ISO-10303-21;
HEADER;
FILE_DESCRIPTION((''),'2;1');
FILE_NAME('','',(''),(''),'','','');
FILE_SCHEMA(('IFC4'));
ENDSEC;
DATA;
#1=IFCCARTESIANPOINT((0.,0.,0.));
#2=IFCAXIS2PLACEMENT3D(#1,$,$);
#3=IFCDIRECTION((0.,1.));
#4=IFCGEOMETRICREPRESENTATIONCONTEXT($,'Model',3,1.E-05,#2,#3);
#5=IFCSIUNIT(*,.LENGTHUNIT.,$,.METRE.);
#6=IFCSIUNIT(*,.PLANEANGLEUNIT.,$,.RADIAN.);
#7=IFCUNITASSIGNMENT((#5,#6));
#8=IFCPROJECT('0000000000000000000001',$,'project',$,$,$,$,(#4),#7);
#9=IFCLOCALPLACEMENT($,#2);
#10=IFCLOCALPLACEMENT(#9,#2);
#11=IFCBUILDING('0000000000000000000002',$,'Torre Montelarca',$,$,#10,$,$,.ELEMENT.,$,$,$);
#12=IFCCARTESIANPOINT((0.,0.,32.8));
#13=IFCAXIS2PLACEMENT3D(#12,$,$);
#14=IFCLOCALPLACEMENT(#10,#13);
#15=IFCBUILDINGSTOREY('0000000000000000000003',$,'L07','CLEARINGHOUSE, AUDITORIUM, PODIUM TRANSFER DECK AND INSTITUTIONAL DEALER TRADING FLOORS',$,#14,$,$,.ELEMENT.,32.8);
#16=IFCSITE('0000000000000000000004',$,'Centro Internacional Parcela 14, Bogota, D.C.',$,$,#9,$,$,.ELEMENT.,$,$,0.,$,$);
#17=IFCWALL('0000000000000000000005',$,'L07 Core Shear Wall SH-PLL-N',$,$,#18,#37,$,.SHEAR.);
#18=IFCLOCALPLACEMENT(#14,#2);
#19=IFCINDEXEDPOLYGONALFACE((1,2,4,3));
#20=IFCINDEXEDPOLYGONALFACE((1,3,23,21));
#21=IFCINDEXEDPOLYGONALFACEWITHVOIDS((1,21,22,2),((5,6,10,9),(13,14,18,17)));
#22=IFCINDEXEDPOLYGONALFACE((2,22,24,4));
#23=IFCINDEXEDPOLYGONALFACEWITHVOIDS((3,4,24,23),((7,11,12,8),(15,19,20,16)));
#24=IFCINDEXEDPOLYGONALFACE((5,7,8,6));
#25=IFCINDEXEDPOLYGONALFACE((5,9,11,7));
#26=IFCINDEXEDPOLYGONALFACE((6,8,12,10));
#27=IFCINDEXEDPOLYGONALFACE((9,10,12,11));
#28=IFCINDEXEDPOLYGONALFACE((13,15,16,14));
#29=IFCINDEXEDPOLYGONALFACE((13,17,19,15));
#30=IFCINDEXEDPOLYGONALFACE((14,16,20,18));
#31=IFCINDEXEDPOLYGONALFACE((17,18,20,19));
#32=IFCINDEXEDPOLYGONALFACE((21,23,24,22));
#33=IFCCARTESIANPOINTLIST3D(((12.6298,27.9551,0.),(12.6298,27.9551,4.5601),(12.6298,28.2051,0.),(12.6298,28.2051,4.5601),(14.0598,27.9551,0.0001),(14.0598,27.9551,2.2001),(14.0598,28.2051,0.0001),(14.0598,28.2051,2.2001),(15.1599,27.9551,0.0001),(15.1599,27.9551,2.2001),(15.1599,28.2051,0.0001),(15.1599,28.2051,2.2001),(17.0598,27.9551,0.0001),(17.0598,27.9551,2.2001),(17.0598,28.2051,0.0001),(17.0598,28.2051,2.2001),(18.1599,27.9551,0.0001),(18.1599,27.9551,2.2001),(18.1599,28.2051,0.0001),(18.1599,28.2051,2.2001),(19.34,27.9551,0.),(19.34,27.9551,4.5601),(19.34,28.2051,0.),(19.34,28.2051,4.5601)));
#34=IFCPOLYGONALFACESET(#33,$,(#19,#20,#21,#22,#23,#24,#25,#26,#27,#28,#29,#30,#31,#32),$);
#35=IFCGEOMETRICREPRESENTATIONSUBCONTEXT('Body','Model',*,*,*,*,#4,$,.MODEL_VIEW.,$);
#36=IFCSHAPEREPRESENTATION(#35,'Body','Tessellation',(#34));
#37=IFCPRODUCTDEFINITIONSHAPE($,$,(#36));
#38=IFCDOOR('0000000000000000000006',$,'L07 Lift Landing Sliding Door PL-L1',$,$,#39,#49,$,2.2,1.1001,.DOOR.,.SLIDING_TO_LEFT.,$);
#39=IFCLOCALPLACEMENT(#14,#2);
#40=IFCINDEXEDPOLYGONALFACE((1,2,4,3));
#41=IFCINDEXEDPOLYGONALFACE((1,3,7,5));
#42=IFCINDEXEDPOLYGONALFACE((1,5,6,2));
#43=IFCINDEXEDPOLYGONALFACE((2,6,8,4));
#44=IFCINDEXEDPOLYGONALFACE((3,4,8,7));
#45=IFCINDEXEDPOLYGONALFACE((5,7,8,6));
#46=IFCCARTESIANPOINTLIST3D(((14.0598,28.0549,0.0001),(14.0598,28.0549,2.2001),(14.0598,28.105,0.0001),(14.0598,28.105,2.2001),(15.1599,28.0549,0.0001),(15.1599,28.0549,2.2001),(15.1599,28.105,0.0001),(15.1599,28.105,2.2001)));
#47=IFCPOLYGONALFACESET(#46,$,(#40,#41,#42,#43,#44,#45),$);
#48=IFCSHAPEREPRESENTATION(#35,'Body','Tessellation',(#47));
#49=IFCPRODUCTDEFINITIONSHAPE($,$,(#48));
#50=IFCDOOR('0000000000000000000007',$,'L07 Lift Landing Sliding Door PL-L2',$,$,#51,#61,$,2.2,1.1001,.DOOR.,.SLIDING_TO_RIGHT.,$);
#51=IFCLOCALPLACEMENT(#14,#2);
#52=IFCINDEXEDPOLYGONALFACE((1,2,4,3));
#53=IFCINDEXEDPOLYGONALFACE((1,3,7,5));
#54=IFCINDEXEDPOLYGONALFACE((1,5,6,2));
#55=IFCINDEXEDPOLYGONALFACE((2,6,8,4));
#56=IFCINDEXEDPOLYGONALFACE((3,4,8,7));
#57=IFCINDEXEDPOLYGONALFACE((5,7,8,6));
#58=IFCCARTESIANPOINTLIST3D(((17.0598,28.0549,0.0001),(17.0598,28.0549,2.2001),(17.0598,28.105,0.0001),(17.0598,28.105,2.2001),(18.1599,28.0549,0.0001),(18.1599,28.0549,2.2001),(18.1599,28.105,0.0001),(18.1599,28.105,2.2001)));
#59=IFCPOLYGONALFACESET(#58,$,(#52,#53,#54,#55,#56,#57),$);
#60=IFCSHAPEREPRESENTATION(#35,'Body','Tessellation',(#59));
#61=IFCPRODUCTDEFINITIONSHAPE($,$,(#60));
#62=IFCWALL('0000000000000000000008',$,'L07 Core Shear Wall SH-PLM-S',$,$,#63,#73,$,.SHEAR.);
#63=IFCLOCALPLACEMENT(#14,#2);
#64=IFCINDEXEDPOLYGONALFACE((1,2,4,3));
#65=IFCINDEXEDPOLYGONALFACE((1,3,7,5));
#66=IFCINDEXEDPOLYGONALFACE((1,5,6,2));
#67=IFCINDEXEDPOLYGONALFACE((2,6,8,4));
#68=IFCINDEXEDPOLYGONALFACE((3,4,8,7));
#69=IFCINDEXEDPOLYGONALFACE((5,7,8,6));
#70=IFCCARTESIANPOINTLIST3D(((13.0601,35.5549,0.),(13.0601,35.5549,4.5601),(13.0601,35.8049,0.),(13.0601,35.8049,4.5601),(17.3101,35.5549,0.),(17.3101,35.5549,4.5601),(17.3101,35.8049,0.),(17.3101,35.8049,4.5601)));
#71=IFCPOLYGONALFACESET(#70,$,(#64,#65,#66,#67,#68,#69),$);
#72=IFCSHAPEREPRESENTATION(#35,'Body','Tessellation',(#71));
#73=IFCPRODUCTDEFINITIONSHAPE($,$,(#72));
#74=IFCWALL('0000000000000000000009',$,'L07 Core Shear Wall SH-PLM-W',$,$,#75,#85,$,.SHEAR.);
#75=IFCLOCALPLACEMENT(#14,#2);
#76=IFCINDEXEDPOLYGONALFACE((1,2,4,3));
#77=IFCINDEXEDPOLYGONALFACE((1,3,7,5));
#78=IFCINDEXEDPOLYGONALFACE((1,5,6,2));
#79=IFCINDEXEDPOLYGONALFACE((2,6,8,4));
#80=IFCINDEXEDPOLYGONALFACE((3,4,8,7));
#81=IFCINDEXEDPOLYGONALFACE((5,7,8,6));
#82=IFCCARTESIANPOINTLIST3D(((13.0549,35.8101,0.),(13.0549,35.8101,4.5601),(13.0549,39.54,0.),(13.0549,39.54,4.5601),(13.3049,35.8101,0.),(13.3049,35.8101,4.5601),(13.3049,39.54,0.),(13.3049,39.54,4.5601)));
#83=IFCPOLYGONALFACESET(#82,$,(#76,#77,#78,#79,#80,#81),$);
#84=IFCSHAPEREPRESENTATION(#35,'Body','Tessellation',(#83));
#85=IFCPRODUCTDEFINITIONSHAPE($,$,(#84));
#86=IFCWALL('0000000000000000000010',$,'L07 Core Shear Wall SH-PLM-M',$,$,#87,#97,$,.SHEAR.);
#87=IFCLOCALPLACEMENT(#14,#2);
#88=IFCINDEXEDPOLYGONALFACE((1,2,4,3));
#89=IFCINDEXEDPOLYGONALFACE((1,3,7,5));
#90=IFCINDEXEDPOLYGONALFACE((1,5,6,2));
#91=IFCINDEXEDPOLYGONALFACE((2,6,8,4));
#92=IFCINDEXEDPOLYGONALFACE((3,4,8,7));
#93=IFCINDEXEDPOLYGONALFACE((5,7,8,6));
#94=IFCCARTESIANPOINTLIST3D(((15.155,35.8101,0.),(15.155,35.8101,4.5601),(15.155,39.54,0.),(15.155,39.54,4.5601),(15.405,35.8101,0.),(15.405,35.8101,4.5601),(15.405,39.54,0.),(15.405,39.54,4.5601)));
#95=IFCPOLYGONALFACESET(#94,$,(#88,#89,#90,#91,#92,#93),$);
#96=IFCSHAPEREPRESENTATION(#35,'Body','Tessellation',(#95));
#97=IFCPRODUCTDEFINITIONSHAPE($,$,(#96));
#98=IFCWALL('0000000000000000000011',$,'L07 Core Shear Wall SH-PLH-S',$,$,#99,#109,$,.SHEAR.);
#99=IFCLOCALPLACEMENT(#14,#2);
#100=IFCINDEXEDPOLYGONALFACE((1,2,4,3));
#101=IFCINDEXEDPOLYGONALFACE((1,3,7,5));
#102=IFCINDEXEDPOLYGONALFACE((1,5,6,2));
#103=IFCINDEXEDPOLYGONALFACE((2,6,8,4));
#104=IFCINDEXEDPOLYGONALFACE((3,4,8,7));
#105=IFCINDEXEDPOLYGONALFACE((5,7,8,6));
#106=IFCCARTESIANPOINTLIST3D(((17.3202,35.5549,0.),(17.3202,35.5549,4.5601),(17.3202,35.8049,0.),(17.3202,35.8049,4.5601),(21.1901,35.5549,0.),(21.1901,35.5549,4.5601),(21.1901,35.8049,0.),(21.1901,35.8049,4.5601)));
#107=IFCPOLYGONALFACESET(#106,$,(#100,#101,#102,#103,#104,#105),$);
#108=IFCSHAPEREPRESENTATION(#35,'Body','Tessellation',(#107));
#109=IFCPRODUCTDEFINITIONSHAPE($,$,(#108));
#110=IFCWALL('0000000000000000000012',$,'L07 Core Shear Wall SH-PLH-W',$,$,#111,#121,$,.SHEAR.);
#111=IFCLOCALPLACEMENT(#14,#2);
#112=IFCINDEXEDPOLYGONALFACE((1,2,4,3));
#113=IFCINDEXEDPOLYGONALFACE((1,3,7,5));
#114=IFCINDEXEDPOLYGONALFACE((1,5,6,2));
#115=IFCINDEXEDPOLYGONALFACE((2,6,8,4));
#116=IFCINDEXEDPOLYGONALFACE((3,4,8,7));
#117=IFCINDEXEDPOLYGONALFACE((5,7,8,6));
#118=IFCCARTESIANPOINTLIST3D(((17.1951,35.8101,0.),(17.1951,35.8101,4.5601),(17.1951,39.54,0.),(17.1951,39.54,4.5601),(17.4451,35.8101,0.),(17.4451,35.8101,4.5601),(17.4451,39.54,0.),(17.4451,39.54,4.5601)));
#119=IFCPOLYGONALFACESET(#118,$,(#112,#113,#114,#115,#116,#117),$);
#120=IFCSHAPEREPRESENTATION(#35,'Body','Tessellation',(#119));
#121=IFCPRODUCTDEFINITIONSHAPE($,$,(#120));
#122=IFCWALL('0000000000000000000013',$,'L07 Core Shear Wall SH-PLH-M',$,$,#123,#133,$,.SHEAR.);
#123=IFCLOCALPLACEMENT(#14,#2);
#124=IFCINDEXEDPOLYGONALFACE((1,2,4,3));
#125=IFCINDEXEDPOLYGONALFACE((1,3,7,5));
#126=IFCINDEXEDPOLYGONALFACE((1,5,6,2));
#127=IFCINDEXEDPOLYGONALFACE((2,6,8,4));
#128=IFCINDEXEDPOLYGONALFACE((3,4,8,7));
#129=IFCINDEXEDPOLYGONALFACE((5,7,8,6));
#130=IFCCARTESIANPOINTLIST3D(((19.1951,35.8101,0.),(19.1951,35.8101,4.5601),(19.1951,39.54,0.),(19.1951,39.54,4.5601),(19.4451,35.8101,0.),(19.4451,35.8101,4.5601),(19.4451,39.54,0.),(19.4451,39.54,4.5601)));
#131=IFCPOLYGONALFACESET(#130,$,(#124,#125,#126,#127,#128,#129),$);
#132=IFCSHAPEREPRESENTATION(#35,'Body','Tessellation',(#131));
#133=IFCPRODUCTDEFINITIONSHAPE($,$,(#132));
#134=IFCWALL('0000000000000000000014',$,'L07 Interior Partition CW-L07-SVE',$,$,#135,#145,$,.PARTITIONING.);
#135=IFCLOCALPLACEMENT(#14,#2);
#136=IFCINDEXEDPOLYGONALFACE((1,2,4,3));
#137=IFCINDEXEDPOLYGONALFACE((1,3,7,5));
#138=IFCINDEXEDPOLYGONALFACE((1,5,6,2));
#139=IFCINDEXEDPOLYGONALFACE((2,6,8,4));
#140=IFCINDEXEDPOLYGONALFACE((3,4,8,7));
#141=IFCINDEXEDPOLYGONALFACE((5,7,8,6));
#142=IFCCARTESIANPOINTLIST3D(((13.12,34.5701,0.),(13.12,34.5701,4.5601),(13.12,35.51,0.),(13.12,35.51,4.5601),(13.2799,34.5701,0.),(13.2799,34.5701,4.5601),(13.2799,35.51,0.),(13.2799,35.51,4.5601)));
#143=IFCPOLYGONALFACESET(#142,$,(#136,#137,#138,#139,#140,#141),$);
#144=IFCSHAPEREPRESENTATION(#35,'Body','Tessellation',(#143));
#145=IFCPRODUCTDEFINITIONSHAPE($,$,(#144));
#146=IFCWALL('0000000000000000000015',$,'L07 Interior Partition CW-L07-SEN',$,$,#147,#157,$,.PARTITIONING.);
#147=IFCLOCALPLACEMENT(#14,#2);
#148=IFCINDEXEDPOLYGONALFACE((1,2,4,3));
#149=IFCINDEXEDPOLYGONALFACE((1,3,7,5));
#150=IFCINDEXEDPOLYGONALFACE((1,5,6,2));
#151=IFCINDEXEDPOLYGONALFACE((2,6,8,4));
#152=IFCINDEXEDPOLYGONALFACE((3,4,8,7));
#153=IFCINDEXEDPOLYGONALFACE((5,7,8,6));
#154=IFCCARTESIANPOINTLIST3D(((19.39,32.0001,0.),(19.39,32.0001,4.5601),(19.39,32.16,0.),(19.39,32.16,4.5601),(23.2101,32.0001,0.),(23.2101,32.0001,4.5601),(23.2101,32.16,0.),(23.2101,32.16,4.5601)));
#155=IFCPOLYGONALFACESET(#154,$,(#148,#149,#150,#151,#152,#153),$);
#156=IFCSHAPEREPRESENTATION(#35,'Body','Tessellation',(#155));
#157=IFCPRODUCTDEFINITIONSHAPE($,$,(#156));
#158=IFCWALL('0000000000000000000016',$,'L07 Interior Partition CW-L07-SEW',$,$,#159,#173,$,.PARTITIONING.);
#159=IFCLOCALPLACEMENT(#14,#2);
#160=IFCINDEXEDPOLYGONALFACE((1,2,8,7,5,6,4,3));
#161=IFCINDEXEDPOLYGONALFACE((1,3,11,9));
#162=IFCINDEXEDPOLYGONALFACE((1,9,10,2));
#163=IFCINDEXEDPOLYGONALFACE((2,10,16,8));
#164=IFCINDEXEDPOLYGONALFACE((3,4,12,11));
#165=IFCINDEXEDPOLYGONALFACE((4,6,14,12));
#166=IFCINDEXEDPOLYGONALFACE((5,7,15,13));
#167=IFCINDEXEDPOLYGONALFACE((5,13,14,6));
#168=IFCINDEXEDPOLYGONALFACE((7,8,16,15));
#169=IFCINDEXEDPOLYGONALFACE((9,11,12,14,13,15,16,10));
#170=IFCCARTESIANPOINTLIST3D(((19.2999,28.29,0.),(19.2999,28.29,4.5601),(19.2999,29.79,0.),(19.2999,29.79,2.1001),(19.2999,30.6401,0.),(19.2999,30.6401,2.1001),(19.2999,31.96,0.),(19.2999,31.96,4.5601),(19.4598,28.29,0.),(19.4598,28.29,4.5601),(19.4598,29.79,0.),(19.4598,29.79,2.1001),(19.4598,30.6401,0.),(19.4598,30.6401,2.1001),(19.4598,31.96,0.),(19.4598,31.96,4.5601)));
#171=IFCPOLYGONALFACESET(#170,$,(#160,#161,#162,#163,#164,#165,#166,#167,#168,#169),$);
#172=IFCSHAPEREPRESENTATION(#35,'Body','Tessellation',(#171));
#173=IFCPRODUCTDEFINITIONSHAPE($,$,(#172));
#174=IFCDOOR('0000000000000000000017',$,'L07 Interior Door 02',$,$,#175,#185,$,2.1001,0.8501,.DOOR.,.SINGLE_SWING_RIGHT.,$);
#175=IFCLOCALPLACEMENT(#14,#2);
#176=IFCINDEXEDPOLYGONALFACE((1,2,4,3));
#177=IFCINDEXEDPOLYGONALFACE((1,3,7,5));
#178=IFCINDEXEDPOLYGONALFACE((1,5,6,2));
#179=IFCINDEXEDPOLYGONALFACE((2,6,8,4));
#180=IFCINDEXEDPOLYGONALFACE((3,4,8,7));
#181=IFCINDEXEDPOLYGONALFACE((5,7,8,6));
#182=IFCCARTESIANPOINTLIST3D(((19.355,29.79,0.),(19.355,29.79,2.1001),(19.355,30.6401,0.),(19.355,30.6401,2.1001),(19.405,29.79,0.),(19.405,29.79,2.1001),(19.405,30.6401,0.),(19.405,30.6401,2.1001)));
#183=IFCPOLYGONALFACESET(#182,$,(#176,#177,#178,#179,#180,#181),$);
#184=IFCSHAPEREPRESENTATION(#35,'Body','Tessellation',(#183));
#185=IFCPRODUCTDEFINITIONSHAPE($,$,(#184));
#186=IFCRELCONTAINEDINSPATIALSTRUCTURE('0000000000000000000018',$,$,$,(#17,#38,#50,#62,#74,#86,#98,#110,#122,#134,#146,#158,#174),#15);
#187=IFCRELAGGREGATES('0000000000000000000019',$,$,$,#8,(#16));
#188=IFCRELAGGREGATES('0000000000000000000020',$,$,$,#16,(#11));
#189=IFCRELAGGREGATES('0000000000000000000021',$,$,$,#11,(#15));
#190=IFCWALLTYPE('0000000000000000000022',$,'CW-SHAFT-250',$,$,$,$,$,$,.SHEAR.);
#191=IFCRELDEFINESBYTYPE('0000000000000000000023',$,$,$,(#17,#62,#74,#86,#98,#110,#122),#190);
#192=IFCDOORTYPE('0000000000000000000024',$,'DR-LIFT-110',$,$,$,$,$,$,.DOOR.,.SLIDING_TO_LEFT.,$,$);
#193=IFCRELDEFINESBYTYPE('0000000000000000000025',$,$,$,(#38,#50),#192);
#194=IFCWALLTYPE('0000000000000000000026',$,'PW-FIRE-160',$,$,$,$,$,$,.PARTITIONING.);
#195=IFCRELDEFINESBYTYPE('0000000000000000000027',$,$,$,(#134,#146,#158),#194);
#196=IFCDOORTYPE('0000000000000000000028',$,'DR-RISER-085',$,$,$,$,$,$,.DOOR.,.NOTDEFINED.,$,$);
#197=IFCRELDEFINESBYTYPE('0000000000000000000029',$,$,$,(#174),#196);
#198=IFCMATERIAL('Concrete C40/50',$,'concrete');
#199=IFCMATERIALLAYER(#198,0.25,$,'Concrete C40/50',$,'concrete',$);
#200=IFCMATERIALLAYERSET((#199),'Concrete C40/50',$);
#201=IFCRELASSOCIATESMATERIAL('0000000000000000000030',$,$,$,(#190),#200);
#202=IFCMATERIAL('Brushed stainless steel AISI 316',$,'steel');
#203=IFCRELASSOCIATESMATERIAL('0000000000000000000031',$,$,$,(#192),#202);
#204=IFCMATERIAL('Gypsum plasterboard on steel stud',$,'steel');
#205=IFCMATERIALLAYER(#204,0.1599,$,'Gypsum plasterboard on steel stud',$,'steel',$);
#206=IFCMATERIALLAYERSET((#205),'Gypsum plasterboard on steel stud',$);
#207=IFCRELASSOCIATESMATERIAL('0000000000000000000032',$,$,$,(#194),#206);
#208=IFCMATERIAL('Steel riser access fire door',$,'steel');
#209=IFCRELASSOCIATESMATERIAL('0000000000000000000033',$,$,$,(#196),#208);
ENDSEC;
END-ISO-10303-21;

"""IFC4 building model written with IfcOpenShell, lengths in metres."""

from ifc_helpers import new_model, si_unit, direction, frame, frame_2d, origin, place, context, subcontext, project, spatial, rectangle, extrude, source, transform, mapped, material, layer, layer_set, type_object, element, fill, save


model = new_model("IFC4")

# Units and contexts
model_context = context("Model", 3, precision=1e-05, world=origin(), true_north=direction((0.0, 1.0)))
body_context = subcontext(model_context, "Body", "Model", "MODEL_VIEW")
ifc_project = project(units=[si_unit("LENGTHUNIT", "METRE"), si_unit("PLANEANGLEUNIT", "RADIAN")], contexts=[model_context])

# Site, building, storey
site_placement = place(None, origin())
site = spatial("IfcSite", under=ifc_project, at=site_placement, Name="Centro Internacional Parcela 14, Bogota, D.C.", CompositionType="ELEMENT", RefElevation=0.0)
building_placement = place(site_placement, origin())
building = spatial("IfcBuilding", under=site, at=building_placement, Name="Torre Montelarca", CompositionType="ELEMENT")
storey_placement = place(building_placement, frame((0.0, 0.0, 32.8)))
storey = spatial("IfcBuildingStorey", under=building, at=storey_placement, Name="L07", Description="CLEARINGHOUSE, AUDITORIUM, PODIUM TRANSFER DECK AND INSTITUTIONAL DEALER TRADING FLOORS", CompositionType="ELEMENT", Elevation=32.8)

# Shared definitions
ifc_material_1 = material(Name="Concrete C40/50", Category="concrete")
ifc_layer_1 = layer(ifc_material_1, 0.25, Name="Concrete C40/50", Category="concrete")
ifc_layer_set_1 = layer_set([ifc_layer_1], Name="Concrete C40/50")
wall_type_1 = type_object("IfcWallType", Name="CW-SHAFT-250", PredefinedType="SHEAR", material=ifc_layer_set_1)

# Shared definitions
ifc_material_2 = material(Name="Brushed stainless steel AISI 316", Category="steel")

# Wall, openings, doors
wall_1_placement = place(storey_placement, frame((12.6299, 28.0801, 0.0), z_axis=(0.0, 0.0, 1.0), x_axis=(1.0, 0.0, 0.0)))
wall_1 = element("IfcWall", 1, at=wall_1_placement, inside=storey, type_object=wall_type_1, Name="L07 Core Shear Wall SH-PLL-N", PredefinedType="SHEAR", context=body_context, shape_type="SweptSolid", body=[
    extrude(rectangle(XDim=6.7102, YDim=0.25, at=frame_2d((3.355, 0.0))), origin(), (0.0, 0.0, 1.0), 4.5601),
])
opening_1_placement = place(wall_1_placement, frame((1.4299, 0.0, 0.0)))
opening_1 = element("IfcOpeningElement", 2, at=opening_1_placement, cuts=wall_1, PredefinedType="OPENING", context=body_context, shape_type="SweptSolid", body=[
    extrude(rectangle(XDim=1.1001, YDim=2.2, at=frame_2d((0.55, 1.1001))), frame((0.0, 0.135, 0.0), z_axis=(0.0, -1.0, 0.0), x_axis=(1.0, 0.0, 0.0)), (0.0, 0.0, 1.0), 0.27),
])
opening_2_placement = place(wall_1_placement, frame((4.4299, 0.0, 0.0)))
opening_2 = element("IfcOpeningElement", 3, at=opening_2_placement, cuts=wall_1, PredefinedType="OPENING", context=body_context, shape_type="SweptSolid", body=[
    extrude(rectangle(XDim=1.1001, YDim=2.2, at=frame_2d((0.55, 1.1001))), frame((0.0, 0.135, 0.0), z_axis=(0.0, -1.0, 0.0), x_axis=(1.0, 0.0, 0.0)), (0.0, 0.0, 1.0), 0.27),
])
door_type_1 = type_object("IfcDoorType", Name="DR-LIFT-110", OperationType="SLIDING_TO_LEFT", PredefinedType="DOOR", material=ifc_material_2)
shared_shape_1 = source(origin(), body_context, "Body", "SweptSolid", [
    extrude(rectangle(XDim=1.1001, YDim=2.2, at=frame_2d((0.55, 1.1001))), frame((0.0, 0.0249, 0.0), z_axis=(0.0, -1.0, 0.0), x_axis=(1.0, 0.0, 0.0)), (0.0, 0.0, 1.0), 0.05),
])
door_1_placement = place(opening_1_placement, origin())
door_1 = element("IfcDoor", 4, at=door_1_placement, inside=storey, type_object=door_type_1, Name="L07 Lift Landing Sliding Door PL-L1", OperationType="SLIDING_TO_LEFT", OverallHeight=2.2, OverallWidth=1.1001, PredefinedType="DOOR", context=body_context, shape_type="MappedRepresentation", body=[
    mapped(shared_shape_1, transform((0.0, 0.0, 0.0), scale=1.0)),
])
fill(opening_1, door_1)
door_2_placement = place(opening_2_placement, origin())
door_2 = element("IfcDoor", 5, at=door_2_placement, inside=storey, type_object=door_type_1, Name="L07 Lift Landing Sliding Door PL-L2", OperationType="SLIDING_TO_RIGHT", OverallHeight=2.2, OverallWidth=1.1001, PredefinedType="DOOR", context=body_context, shape_type="MappedRepresentation", body=[
    mapped(shared_shape_1, transform((0.0, 0.0, 0.0), scale=1.0)),
])
fill(opening_2, door_2)

# Walls
wall_2_placement = place(storey_placement, frame((13.0601, 35.6799, 0.0), z_axis=(0.0, 0.0, 1.0), x_axis=(1.0, 0.0, 0.0)))
element("IfcWall", 6, at=wall_2_placement, inside=storey, type_object=wall_type_1, Name="L07 Core Shear Wall SH-PLM-S", PredefinedType="SHEAR", context=body_context, shape_type="SweptSolid", body=[
    extrude(rectangle(XDim=4.25, YDim=0.25, at=frame_2d((2.125, 0.0))), origin(), (0.0, 0.0, 1.0), 4.5601),
])
for number, where, z_axis, x_axis, name in (
    (7, (13.1799, 35.8101, 0.0), (0.0, 0.0, 1.0), (0.0, 1.0, 0.0), "L07 Core Shear Wall SH-PLM-W"),
    (8, (15.28, 35.8101, 0.0), (0.0, 0.0, 1.0), (0.0, 1.0, 0.0), "L07 Core Shear Wall SH-PLM-M"),
):
    element("IfcWall", number, at=place(storey_placement, frame(where, z_axis=z_axis, x_axis=x_axis)), inside=storey, type_object=wall_type_1, Name=name, PredefinedType="SHEAR", context=body_context, shape_type="SweptSolid", body=[
        extrude(rectangle(XDim=3.73, YDim=0.25, at=frame_2d((1.865, 0.0))), origin(), (0.0, 0.0, 1.0), 4.5601),
    ])
wall_3_placement = place(storey_placement, frame((17.3201, 35.6799, 0.0), z_axis=(0.0, 0.0, 1.0), x_axis=(1.0, 0.0, 0.0)))
element("IfcWall", 9, at=wall_3_placement, inside=storey, type_object=wall_type_1, Name="L07 Core Shear Wall SH-PLH-S", PredefinedType="SHEAR", context=body_context, shape_type="SweptSolid", body=[
    extrude(rectangle(XDim=3.8699, YDim=0.25, at=frame_2d((1.9351, 0.0))), origin(), (0.0, 0.0, 1.0), 4.5601),
])
for number, where, z_axis, x_axis, name in (
    (10, (17.3201, 35.8101, 0.0), (0.0, 0.0, 1.0), (0.0, 1.0, 0.0), "L07 Core Shear Wall SH-PLH-W"),
    (11, (19.3201, 35.8101, 0.0), (0.0, 0.0, 1.0), (0.0, 1.0, 0.0), "L07 Core Shear Wall SH-PLH-M"),
):
    element("IfcWall", number, at=place(storey_placement, frame(where, z_axis=z_axis, x_axis=x_axis)), inside=storey, type_object=wall_type_1, Name=name, PredefinedType="SHEAR", context=body_context, shape_type="SweptSolid", body=[
        extrude(rectangle(XDim=3.73, YDim=0.25, at=frame_2d((1.865, 0.0))), origin(), (0.0, 0.0, 1.0), 4.5601),
    ])
ifc_material_3 = material(Name="Gypsum plasterboard on steel stud", Category="steel")
ifc_layer_2 = layer(ifc_material_3, 0.1599, Name="Gypsum plasterboard on steel stud", Category="steel")
ifc_layer_set_2 = layer_set([ifc_layer_2], Name="Gypsum plasterboard on steel stud")
wall_type_2 = type_object("IfcWallType", Name="PW-FIRE-160", PredefinedType="PARTITIONING", material=ifc_layer_set_2)
wall_4_placement = place(storey_placement, frame((13.2, 34.5701, 0.0), z_axis=(0.0, 0.0, 1.0), x_axis=(0.0, 1.0, 0.0)))
element("IfcWall", 12, at=wall_4_placement, inside=storey, type_object=wall_type_2, Name="L07 Interior Partition CW-L07-SVE", PredefinedType="PARTITIONING", context=body_context, shape_type="SweptSolid", body=[
    extrude(rectangle(XDim=0.9399, YDim=0.1599, at=frame_2d((0.47, 0.0))), origin(), (0.0, 0.0, 1.0), 4.5601),
])
wall_5_placement = place(storey_placement, frame((19.3899, 32.0801, 0.0), z_axis=(0.0, 0.0, 1.0), x_axis=(1.0, 0.0, 0.0)))
element("IfcWall", 13, at=wall_5_placement, inside=storey, type_object=wall_type_2, Name="L07 Interior Partition CW-L07-SEN", PredefinedType="PARTITIONING", context=body_context, shape_type="SweptSolid", body=[
    extrude(rectangle(XDim=3.8201, YDim=0.1599, at=frame_2d((1.9102, 0.0))), origin(), (0.0, 0.0, 1.0), 4.5601),
])

# Wall, opening, door
wall_6_placement = place(storey_placement, frame((19.3799, 28.29, 0.0), z_axis=(0.0, 0.0, 1.0), x_axis=(0.0, 1.0, 0.0)))
wall_6 = element("IfcWall", 14, at=wall_6_placement, inside=storey, type_object=wall_type_2, Name="L07 Interior Partition CW-L07-SEW", PredefinedType="PARTITIONING", context=body_context, shape_type="SweptSolid", body=[
    extrude(rectangle(XDim=3.6699, YDim=0.1599, at=frame_2d((1.835, 0.0))), origin(), (0.0, 0.0, 1.0), 4.5601),
])
opening_3_placement = place(wall_6_placement, frame((1.5, 0.0, 0.0)))
opening_3 = element("IfcOpeningElement", 15, at=opening_3_placement, cuts=wall_6, PredefinedType="OPENING", context=body_context, shape_type="SweptSolid", body=[
    extrude(rectangle(XDim=0.8501, YDim=2.1001, at=frame_2d((0.425, 1.05))), frame((0.0, 0.0898, 0.0), z_axis=(0.0, -1.0, 0.0), x_axis=(1.0, 0.0, 0.0)), (0.0, 0.0, 1.0), 0.1799),
])
ifc_material_4 = material(Name="Steel riser access fire door", Category="steel")
door_type_2 = type_object("IfcDoorType", Name="DR-RISER-085", OperationType="NOTDEFINED", PredefinedType="DOOR", material=ifc_material_4)
shared_shape_2 = source(origin(), body_context, "Body", "SweptSolid", [
    extrude(rectangle(XDim=0.8501, YDim=2.1001, at=frame_2d((0.425, 1.05))), frame((0.0, 0.0249, 0.0), z_axis=(0.0, -1.0, 0.0), x_axis=(1.0, 0.0, 0.0)), (0.0, 0.0, 1.0), 0.05),
])
door_3_placement = place(opening_3_placement, origin())
door_3 = element("IfcDoor", 16, at=door_3_placement, inside=storey, type_object=door_type_2, Name="L07 Interior Door 02", OperationType="SINGLE_SWING_RIGHT", OverallHeight=2.1001, OverallWidth=0.8501, PredefinedType="DOOR", context=body_context, shape_type="MappedRepresentation", body=[
    mapped(shared_shape_2, transform((0.0, 0.0, 0.0), scale=1.0)),
])
fill(opening_3, door_3)

save(model, "model.ifc")
